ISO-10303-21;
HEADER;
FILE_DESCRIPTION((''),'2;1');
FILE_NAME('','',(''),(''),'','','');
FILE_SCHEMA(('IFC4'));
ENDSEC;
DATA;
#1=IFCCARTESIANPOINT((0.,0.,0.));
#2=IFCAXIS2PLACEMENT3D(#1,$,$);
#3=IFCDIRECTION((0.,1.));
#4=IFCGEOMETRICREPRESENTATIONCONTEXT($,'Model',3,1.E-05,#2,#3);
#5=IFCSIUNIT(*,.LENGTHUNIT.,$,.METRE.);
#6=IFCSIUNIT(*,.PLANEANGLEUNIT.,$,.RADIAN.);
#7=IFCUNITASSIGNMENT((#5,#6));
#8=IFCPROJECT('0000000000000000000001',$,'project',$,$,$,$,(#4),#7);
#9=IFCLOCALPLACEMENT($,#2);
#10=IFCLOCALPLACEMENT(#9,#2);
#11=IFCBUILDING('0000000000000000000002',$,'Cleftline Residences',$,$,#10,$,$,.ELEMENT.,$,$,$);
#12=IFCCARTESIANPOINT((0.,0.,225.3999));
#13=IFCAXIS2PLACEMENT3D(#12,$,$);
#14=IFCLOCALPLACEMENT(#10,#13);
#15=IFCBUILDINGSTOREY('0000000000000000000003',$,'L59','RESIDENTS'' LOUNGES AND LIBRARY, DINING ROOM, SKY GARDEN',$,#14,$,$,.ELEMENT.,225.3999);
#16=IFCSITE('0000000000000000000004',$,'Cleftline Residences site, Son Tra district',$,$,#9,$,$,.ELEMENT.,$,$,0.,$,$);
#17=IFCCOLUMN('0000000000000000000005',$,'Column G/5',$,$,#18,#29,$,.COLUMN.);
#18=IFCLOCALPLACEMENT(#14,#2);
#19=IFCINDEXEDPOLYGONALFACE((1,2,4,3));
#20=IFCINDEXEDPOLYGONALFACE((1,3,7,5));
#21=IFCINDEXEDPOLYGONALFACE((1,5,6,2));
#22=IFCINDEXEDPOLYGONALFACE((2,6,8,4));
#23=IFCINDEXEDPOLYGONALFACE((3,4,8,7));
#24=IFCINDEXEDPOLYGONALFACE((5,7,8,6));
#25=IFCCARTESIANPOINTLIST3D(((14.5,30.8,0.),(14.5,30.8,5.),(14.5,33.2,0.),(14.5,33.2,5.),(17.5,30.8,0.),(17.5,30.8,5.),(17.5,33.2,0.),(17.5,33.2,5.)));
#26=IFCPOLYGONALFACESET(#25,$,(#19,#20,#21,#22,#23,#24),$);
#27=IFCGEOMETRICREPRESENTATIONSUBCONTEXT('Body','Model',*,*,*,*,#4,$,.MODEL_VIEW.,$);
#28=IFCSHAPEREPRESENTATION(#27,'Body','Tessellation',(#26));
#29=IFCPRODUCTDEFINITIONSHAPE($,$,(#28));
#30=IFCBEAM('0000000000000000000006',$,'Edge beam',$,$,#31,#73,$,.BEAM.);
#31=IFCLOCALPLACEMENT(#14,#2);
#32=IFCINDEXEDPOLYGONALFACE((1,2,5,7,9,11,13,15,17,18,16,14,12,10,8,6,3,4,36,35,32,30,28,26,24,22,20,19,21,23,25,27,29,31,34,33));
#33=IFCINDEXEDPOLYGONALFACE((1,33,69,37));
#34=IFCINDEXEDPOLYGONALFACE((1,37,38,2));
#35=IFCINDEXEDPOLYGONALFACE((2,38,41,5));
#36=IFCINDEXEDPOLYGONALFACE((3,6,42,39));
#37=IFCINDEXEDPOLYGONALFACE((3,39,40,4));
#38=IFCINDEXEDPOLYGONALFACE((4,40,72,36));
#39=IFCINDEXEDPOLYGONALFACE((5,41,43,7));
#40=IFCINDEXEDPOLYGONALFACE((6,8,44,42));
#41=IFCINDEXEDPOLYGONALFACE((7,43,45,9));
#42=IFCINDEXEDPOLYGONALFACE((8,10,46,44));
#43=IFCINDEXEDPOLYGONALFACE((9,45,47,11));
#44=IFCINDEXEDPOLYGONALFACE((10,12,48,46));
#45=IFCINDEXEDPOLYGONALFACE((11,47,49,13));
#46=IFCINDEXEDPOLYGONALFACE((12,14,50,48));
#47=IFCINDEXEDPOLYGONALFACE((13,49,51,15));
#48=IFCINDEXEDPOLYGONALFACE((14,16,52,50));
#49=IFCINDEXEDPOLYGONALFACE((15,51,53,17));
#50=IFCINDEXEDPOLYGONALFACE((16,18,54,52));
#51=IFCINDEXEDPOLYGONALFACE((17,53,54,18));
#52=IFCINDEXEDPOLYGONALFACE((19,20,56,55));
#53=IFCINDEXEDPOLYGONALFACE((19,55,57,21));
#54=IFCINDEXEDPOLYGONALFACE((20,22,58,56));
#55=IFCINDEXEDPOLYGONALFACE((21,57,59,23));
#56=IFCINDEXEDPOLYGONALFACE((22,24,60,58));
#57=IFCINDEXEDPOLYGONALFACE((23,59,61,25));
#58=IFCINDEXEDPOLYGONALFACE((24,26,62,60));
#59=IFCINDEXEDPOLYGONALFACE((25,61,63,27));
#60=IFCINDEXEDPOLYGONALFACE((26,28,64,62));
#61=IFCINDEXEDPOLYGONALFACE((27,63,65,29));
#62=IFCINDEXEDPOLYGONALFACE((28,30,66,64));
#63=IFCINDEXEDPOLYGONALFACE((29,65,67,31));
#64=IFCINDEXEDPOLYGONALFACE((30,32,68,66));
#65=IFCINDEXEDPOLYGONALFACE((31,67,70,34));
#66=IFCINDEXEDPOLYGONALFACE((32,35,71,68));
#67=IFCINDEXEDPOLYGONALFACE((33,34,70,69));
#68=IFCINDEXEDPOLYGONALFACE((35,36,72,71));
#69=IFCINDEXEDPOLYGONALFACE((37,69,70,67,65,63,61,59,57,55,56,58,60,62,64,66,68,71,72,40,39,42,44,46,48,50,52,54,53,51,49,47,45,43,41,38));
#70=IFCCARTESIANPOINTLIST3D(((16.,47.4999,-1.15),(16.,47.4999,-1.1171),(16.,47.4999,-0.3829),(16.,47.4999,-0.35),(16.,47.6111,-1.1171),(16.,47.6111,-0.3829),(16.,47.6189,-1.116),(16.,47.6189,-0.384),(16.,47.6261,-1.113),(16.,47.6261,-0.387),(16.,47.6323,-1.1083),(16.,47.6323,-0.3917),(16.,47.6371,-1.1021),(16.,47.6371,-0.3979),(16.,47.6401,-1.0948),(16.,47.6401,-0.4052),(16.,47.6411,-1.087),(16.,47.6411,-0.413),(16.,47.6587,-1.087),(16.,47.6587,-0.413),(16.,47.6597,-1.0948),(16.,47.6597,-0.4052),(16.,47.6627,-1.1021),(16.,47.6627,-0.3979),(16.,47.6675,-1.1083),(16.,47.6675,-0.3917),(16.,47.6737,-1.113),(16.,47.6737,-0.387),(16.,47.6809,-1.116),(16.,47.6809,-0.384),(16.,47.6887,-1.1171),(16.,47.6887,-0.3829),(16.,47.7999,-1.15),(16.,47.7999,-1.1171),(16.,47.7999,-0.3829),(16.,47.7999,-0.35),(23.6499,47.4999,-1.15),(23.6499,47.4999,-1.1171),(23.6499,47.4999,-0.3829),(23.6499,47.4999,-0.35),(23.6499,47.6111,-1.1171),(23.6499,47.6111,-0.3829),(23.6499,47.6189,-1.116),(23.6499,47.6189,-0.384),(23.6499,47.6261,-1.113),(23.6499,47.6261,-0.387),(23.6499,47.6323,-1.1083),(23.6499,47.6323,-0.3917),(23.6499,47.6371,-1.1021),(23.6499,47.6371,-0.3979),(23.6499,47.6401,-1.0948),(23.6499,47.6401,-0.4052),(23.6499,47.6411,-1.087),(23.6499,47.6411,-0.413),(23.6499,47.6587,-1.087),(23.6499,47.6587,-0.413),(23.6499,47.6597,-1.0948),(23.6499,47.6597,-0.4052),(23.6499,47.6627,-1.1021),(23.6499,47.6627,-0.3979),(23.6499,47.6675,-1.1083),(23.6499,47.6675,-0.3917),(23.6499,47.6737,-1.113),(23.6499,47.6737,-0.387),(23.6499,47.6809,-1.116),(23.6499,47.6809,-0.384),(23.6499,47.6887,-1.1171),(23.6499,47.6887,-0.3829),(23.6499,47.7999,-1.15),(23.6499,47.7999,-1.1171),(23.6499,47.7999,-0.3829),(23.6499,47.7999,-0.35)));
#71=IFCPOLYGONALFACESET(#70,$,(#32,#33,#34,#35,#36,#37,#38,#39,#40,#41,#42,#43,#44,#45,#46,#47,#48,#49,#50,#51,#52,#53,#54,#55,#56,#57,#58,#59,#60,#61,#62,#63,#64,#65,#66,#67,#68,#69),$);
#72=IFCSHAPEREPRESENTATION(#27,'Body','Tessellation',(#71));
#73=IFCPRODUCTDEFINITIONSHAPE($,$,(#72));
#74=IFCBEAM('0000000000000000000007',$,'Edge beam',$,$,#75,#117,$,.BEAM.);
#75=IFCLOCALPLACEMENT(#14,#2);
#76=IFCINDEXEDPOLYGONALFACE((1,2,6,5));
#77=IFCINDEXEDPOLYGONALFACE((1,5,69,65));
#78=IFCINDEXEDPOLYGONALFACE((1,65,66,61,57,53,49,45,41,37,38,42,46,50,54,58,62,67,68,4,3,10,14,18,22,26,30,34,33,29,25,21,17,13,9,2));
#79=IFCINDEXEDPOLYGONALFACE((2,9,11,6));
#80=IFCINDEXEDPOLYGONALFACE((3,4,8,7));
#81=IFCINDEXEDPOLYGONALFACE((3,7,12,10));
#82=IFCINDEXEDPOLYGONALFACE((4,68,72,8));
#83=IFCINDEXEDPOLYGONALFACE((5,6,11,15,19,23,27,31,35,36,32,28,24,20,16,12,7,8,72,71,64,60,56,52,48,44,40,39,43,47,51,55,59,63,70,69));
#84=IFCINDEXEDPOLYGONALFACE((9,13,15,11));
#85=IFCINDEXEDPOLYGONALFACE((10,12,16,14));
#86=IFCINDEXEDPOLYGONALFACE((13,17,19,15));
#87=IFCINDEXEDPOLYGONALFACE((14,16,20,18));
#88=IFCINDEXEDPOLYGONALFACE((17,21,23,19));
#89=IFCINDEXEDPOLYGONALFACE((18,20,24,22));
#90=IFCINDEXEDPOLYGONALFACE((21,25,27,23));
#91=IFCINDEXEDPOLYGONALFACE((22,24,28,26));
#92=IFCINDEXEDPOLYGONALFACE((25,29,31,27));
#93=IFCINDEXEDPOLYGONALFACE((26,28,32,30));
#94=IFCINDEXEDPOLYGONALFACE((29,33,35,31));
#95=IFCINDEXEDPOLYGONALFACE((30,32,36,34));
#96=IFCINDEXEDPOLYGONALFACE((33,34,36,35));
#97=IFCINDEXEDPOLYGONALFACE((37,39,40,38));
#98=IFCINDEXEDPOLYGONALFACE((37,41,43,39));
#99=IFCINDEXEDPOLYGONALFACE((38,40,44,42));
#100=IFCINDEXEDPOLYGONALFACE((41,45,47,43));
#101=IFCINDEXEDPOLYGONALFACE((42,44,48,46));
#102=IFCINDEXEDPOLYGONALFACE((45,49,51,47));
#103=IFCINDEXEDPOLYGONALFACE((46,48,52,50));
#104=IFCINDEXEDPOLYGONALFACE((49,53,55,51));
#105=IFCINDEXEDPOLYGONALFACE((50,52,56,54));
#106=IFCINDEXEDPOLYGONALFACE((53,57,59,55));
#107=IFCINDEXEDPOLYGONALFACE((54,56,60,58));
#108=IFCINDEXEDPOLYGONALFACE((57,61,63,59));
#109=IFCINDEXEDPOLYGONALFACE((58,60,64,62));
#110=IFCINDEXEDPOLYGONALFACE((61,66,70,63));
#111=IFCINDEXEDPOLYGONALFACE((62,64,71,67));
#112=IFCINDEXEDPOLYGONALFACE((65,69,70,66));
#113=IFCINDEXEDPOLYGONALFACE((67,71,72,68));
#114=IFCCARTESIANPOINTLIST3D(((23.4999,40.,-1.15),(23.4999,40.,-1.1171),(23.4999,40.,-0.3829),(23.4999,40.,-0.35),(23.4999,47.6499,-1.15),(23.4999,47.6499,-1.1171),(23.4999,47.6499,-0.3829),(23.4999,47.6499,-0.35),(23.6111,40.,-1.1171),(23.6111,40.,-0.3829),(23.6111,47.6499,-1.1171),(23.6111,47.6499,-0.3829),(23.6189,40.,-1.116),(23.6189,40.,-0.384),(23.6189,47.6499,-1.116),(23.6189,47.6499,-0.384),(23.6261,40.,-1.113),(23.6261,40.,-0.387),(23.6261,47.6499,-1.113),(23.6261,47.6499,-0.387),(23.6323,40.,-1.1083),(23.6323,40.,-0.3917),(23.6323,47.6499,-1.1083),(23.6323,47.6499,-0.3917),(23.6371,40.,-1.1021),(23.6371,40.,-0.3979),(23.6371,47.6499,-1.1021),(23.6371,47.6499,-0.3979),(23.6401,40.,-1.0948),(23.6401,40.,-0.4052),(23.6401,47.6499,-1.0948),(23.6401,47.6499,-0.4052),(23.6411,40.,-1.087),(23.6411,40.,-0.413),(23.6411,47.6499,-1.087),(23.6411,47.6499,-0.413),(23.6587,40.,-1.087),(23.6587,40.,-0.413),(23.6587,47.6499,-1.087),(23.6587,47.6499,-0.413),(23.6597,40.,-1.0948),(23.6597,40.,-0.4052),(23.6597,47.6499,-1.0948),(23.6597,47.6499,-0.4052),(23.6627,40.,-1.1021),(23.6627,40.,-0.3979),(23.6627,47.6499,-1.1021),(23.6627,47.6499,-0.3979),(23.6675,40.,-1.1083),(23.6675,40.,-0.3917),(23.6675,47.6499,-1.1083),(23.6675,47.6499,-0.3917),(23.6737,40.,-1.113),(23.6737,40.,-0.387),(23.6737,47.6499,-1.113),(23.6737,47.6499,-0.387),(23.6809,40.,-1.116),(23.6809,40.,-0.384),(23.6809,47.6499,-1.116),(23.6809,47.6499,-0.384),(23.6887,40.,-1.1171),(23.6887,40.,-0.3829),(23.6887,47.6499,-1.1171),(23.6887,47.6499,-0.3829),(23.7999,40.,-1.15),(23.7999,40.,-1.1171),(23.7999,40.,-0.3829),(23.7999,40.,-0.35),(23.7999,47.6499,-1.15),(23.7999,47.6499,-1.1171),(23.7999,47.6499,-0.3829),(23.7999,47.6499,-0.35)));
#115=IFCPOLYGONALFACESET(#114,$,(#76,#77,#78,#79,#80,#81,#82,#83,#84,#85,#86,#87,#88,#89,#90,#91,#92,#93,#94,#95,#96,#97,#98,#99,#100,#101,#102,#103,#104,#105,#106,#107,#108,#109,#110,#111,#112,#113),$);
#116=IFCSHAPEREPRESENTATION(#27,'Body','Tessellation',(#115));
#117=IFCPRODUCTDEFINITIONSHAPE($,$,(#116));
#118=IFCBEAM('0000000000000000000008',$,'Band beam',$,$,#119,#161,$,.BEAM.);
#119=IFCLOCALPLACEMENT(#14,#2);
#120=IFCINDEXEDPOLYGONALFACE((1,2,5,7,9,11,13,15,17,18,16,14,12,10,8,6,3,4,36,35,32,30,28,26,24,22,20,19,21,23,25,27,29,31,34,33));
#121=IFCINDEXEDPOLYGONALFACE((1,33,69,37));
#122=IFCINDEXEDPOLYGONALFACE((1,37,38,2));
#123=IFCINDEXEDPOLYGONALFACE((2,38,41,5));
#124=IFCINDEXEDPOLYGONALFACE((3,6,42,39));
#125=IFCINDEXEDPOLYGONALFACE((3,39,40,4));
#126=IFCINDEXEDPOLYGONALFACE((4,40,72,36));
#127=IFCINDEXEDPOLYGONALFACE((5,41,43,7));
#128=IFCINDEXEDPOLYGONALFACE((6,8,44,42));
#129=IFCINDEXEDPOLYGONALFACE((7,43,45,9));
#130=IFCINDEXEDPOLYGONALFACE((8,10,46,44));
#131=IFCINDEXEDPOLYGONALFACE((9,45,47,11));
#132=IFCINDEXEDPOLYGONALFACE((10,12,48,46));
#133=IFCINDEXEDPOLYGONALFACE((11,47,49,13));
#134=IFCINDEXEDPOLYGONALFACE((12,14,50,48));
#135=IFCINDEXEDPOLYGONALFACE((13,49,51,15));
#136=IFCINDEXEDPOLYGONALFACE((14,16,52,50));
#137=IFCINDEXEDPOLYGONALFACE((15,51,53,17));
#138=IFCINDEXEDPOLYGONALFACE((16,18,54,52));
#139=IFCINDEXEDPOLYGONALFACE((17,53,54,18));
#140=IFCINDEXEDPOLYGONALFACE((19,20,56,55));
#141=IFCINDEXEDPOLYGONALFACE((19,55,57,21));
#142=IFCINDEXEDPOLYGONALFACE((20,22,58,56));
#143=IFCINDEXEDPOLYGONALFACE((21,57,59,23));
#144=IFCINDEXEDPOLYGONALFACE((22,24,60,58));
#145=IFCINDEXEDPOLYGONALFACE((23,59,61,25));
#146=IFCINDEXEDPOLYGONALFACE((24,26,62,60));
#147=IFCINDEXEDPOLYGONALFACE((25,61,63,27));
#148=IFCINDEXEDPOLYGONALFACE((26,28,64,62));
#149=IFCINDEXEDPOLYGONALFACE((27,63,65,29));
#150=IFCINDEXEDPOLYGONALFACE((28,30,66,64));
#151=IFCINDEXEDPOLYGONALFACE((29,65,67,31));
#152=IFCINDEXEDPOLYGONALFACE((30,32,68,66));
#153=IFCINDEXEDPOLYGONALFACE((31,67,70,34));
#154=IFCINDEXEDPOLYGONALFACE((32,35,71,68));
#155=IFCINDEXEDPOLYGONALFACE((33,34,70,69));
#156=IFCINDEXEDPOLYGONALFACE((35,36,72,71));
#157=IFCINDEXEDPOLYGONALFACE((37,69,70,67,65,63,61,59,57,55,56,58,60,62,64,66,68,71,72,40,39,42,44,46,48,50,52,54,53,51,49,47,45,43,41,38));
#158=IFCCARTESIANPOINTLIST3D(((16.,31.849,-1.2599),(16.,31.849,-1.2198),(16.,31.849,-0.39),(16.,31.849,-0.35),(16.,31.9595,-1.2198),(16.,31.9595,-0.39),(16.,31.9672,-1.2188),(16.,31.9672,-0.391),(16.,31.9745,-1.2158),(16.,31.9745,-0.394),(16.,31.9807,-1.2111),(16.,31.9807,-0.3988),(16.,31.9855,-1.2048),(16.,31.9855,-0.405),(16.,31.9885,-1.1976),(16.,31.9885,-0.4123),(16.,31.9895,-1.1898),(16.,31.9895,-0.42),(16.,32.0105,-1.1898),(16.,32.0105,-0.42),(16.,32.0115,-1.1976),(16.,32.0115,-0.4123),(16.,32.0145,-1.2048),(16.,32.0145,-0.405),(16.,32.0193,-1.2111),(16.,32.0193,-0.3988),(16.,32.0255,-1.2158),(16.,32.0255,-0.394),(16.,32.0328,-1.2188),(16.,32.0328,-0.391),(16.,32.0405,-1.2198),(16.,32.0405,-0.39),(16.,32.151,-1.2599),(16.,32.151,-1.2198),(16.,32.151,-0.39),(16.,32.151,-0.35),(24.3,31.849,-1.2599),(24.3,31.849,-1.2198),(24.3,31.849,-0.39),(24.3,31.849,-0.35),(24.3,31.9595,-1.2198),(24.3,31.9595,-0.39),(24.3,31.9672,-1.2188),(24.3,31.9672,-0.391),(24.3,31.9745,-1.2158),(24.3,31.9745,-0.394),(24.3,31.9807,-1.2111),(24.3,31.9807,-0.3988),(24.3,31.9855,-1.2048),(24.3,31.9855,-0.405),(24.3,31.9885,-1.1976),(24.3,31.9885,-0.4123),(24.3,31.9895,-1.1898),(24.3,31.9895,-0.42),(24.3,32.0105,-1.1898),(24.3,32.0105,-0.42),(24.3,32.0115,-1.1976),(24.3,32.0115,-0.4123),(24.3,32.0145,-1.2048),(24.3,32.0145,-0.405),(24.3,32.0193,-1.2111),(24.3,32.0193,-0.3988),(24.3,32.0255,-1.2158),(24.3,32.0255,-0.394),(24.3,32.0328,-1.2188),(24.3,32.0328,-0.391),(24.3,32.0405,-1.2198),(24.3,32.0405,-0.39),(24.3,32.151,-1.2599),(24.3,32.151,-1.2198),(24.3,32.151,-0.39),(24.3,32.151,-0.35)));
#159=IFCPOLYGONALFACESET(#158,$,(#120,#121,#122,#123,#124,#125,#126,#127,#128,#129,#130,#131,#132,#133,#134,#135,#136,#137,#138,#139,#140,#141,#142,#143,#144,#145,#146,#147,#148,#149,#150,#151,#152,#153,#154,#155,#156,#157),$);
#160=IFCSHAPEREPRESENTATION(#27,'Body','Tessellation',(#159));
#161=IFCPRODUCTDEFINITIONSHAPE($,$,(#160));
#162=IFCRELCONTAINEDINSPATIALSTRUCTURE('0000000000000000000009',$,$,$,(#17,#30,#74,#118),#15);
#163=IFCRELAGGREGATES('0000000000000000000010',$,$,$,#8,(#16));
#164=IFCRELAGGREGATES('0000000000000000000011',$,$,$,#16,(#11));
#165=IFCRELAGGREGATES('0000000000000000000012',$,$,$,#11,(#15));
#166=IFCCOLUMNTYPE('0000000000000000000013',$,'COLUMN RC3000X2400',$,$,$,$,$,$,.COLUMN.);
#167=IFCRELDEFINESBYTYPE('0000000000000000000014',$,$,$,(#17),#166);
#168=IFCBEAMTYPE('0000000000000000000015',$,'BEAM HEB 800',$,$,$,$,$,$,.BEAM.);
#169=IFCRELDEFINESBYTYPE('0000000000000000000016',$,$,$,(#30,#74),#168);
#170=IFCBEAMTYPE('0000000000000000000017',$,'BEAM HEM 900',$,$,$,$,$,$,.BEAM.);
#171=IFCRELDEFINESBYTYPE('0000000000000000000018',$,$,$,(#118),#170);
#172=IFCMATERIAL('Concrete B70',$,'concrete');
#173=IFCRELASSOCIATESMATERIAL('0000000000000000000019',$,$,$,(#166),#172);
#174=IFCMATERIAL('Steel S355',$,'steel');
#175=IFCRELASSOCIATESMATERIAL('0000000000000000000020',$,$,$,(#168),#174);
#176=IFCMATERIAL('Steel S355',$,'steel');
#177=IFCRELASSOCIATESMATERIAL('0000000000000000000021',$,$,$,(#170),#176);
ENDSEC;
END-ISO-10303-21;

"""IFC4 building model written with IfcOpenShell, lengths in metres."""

from ifc_helpers import new_model, si_unit, direction, frame, origin, origin_2d, place, context, subcontext, project, spatial, rectangle, i_section, extrude, material, material_profile, profile_set, type_object, element, save


model = new_model("IFC4")

# Units and contexts
model_context = context("Model", 3, precision=1e-05, world=origin(), true_north=direction((0.0, 1.0)))
body_context = subcontext(model_context, "Body", "Model", "MODEL_VIEW")
ifc_project = project(units=[si_unit("LENGTHUNIT", "METRE"), si_unit("PLANEANGLEUNIT", "RADIAN")], contexts=[model_context])

# Site, building, storey
site_placement = place(None, origin())
site = spatial("IfcSite", under=ifc_project, at=site_placement, Name="Cleftline Residences site, Son Tra district", CompositionType="ELEMENT", RefElevation=0.0)
building_placement = place(site_placement, origin())
building = spatial("IfcBuilding", under=site, at=building_placement, Name="Cleftline Residences", CompositionType="ELEMENT")
storey_placement = place(building_placement, frame((0.0, 0.0, 225.3999)))
storey = spatial("IfcBuildingStorey", under=building, at=storey_placement, Name="L59", Description="RESIDENTS' LOUNGES AND LIBRARY, DINING ROOM, SKY GARDEN", CompositionType="ELEMENT", Elevation=225.3999)

# Column
ifc_material_1 = material(Name="Concrete B70", Category="concrete")
ifc_material_profile_1 = material_profile(ifc_material_1, rectangle(XDim=3.0, YDim=2.3999, at=origin_2d()))
ifc_profile_set_1 = profile_set([ifc_material_profile_1], Name="Concrete B70")
column_type = type_object("IfcColumnType", Name="COLUMN RC3000X2400", PredefinedType="COLUMN", material=ifc_profile_set_1)
column_placement = place(storey_placement, frame((16.0, 32.0, 0.0), z_axis=(0.0, 0.0, 1.0), x_axis=(1.0, 0.0, 0.0)))
element("IfcColumn", 1, at=column_placement, inside=storey, type_object=column_type, Name="Column G/5", PredefinedType="COLUMN", context=body_context, shape_type="SweptSolid", body=[
    extrude(rectangle(XDim=3.0, YDim=2.3999, at=origin_2d()), origin(), (0.0, 0.0, 1.0), 5.0),
])

# Beams
ifc_material_2 = material(Name="Steel S355", Category="steel")
ifc_material_profile_2 = material_profile(ifc_material_2, i_section(OverallWidth=0.3, OverallDepth=0.8, WebThickness=0.0176, FlangeThickness=0.033, FilletRadius=0.03, at=origin_2d()))
ifc_profile_set_2 = profile_set([ifc_material_profile_2], Name="Steel S355")
beam_type_1 = type_object("IfcBeamType", Name="BEAM HEB 800", PredefinedType="BEAM", material=ifc_profile_set_2)
for number, where, z_axis, x_axis, name in (
    (2, (16.0, 47.6499, -0.75), (1.0, 0.0, 0.0), (0.0, 1.0, 0.0), "Edge beam"),
    (3, (23.6499, 47.6499, -0.75), (0.0, -1.0, 0.0), (1.0, 0.0, 0.0), "Edge beam"),
):
    element("IfcBeam", number, at=place(storey_placement, frame(where, z_axis=z_axis, x_axis=x_axis)), inside=storey, type_object=beam_type_1, Name=name, PredefinedType="BEAM", context=body_context, shape_type="SweptSolid", body=[
        extrude(i_section(OverallWidth=0.3, OverallDepth=0.8, WebThickness=0.0176, FlangeThickness=0.033, FilletRadius=0.03, at=origin_2d()), origin(), (0.0, 0.0, 1.0), 7.6499),
    ])
ifc_material_3 = material(Name="Steel S355", Category="steel")
ifc_material_profile_3 = material_profile(ifc_material_3, i_section(OverallWidth=0.302, OverallDepth=0.9099, WebThickness=0.021, FlangeThickness=0.04, FilletRadius=0.03, at=origin_2d()))
ifc_profile_set_3 = profile_set([ifc_material_profile_3], Name="Steel S355")
beam_type_2 = type_object("IfcBeamType", Name="BEAM HEM 900", PredefinedType="BEAM", material=ifc_profile_set_3)
beam_placement = place(storey_placement, frame((16.0, 32.0, -0.8049), z_axis=(1.0, 0.0, 0.0), x_axis=(0.0, 1.0, 0.0)))
element("IfcBeam", 4, at=beam_placement, inside=storey, type_object=beam_type_2, Name="Band beam", PredefinedType="BEAM", context=body_context, shape_type="SweptSolid", body=[
    extrude(i_section(OverallWidth=0.302, OverallDepth=0.9099, WebThickness=0.021, FlangeThickness=0.04, FilletRadius=0.03, at=origin_2d()), origin(), (0.0, 0.0, 1.0), 8.3),
])

save(model, "model.ifc")
